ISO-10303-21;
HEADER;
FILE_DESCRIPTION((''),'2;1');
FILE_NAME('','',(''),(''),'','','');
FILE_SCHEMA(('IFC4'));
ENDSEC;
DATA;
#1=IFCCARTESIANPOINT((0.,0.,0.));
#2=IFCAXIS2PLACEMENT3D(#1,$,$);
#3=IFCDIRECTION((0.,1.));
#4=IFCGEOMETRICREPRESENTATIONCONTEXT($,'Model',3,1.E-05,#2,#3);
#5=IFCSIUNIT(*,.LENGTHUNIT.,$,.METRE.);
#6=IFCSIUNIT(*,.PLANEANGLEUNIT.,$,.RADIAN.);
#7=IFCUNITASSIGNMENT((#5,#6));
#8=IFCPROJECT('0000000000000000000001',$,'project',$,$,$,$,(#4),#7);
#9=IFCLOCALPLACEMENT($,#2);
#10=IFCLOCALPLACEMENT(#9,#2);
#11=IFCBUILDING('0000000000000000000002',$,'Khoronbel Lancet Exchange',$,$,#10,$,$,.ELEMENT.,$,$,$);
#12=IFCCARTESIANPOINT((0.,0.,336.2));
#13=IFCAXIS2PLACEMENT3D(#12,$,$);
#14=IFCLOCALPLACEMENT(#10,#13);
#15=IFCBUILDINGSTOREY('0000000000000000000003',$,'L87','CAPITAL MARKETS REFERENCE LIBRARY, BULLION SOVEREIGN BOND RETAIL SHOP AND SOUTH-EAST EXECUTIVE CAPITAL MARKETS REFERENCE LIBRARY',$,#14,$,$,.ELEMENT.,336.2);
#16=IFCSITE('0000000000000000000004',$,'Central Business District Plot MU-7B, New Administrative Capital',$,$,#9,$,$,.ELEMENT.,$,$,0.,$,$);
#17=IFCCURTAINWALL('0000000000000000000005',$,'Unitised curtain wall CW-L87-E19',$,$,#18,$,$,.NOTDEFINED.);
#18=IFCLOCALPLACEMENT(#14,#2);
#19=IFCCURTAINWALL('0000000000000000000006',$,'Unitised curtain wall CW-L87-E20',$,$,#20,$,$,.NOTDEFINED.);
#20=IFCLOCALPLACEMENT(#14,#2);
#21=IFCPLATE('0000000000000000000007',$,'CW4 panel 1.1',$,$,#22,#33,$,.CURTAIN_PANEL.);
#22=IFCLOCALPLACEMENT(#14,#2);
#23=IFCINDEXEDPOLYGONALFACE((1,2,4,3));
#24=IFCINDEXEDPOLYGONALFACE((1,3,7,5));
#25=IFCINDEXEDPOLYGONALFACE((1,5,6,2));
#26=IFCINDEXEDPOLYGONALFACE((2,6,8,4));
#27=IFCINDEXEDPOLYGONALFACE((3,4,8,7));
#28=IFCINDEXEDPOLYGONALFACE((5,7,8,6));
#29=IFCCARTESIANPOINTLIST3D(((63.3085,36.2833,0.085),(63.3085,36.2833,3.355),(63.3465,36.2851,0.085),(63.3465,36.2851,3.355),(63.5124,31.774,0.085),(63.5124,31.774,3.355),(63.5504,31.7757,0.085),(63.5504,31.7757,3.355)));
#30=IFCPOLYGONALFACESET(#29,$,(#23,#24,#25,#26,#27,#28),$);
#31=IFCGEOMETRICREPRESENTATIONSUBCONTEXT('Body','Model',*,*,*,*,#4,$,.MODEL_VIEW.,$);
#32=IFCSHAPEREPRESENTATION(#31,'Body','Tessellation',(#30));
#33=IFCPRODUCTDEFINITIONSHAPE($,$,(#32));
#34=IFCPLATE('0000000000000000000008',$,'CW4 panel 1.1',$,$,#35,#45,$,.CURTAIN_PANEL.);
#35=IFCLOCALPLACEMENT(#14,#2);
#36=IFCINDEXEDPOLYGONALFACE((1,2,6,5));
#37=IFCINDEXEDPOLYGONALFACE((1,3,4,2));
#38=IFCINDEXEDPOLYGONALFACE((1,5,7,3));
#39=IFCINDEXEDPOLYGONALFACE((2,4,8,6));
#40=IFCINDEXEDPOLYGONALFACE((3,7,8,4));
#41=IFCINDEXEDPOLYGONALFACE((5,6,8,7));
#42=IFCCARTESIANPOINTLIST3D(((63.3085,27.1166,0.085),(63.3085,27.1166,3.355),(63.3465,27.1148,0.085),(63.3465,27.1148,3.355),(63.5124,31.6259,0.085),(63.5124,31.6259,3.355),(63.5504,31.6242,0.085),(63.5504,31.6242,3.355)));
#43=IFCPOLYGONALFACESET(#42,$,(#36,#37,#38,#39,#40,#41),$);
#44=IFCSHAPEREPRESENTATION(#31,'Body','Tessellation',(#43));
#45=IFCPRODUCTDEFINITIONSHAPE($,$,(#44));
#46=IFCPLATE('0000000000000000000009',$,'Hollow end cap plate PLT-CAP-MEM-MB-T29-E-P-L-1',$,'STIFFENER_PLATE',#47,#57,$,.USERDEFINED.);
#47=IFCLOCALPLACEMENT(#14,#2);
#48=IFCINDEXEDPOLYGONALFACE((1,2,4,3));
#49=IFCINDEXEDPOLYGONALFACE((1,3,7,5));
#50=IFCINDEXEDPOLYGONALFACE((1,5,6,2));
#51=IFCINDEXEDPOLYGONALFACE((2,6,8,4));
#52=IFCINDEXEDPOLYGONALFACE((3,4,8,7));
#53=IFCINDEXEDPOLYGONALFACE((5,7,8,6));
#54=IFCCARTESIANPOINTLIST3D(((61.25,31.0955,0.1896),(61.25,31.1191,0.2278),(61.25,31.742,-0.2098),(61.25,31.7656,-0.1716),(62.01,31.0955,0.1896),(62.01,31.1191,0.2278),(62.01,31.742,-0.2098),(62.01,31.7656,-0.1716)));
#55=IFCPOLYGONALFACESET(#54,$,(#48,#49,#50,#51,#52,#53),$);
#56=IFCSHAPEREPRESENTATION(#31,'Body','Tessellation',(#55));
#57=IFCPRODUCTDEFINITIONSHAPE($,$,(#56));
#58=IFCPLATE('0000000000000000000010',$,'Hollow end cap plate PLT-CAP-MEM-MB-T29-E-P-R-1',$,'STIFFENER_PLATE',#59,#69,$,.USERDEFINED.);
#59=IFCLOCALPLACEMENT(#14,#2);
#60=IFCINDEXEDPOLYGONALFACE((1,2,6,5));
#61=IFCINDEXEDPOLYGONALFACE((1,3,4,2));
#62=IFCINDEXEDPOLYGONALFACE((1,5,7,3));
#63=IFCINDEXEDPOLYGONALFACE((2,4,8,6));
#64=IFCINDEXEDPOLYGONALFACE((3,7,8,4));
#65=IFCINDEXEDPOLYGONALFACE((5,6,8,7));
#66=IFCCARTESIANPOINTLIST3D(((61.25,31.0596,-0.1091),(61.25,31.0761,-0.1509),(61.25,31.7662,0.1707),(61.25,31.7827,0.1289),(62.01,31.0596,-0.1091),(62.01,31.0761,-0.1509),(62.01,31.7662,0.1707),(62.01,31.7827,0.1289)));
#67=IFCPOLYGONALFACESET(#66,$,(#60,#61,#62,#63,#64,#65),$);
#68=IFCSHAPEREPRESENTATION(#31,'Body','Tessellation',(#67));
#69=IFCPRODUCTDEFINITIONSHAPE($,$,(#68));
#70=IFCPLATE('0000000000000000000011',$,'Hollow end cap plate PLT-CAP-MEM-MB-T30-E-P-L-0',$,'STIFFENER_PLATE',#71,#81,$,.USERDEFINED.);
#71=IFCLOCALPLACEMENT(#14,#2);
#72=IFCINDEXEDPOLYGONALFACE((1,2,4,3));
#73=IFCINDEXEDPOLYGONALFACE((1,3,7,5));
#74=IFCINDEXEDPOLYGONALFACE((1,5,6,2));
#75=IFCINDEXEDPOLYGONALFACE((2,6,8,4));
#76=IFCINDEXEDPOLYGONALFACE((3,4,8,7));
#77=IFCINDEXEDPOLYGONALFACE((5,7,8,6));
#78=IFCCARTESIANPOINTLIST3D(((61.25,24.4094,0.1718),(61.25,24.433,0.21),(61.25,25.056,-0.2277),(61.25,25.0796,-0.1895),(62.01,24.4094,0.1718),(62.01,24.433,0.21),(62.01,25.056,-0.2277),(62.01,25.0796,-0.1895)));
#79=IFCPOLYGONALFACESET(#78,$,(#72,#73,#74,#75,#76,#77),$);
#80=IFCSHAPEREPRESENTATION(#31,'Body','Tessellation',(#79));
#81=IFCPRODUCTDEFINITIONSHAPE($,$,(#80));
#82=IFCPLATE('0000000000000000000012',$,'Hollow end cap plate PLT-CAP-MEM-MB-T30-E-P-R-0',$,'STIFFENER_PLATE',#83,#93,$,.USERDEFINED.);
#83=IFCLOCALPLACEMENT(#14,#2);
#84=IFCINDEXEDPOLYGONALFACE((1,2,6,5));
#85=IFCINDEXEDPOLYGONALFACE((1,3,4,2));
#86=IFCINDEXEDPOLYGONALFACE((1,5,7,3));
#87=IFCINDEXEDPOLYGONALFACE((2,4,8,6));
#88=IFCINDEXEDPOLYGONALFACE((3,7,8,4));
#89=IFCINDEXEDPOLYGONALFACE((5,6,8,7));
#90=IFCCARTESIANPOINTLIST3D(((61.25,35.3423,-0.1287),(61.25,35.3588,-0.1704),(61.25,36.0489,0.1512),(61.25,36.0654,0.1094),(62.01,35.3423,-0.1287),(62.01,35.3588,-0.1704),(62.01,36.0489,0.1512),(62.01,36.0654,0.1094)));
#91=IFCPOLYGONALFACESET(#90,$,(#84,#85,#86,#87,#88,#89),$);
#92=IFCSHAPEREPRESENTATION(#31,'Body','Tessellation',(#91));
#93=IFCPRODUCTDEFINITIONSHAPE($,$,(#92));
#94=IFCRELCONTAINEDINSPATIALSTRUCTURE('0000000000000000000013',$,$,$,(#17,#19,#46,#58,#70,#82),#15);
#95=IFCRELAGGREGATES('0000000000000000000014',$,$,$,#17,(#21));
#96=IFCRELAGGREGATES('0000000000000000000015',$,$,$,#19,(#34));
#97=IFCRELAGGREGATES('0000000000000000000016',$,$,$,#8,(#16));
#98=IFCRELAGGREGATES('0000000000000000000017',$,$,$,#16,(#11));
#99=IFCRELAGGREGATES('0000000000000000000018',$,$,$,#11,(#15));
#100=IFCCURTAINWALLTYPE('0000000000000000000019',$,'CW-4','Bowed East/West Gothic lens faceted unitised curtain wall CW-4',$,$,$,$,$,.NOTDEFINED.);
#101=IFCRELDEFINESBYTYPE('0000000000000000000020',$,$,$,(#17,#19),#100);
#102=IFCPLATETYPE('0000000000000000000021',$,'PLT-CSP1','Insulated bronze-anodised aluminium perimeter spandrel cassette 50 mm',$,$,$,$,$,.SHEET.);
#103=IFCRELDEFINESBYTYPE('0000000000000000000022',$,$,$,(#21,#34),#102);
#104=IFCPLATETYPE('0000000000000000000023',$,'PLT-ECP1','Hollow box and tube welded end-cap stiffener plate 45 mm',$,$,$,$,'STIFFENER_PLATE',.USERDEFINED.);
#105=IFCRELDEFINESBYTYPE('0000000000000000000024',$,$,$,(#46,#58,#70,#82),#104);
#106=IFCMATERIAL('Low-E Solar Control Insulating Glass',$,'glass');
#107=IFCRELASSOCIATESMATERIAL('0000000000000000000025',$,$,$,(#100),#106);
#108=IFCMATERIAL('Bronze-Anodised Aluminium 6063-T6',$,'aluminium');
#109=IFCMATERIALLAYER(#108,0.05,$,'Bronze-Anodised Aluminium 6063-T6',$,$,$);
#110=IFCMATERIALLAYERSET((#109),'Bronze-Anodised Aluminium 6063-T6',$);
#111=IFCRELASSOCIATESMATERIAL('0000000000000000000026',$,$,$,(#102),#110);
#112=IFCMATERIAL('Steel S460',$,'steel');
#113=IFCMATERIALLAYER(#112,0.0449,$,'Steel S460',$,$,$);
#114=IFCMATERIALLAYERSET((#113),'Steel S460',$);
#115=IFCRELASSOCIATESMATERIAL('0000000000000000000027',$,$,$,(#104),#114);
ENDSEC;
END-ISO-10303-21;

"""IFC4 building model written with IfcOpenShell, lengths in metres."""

from ifc_helpers import new_model, si_unit, direction, frame, origin, origin_2d, place, context, subcontext, project, spatial, polyline, rectangle, outline, extrude, material, layer, layer_set, type_object, element, aggregate, save


model = new_model("IFC4")

# Units and contexts
model_context = context("Model", 3, precision=1e-05, world=origin(), true_north=direction((0.0, 1.0)))
body_context = subcontext(model_context, "Body", "Model", "MODEL_VIEW")
ifc_project = project(units=[si_unit("LENGTHUNIT", "METRE"), si_unit("PLANEANGLEUNIT", "RADIAN")], contexts=[model_context])

# Site, building, storey
site_placement = place(None, origin())
site = spatial("IfcSite", under=ifc_project, at=site_placement, Name="Central Business District Plot MU-7B, New Administrative Capital", CompositionType="ELEMENT", RefElevation=0.0)
building_placement = place(site_placement, origin())
building = spatial("IfcBuilding", under=site, at=building_placement, Name="Khoronbel Lancet Exchange", CompositionType="ELEMENT")
storey_placement = place(building_placement, frame((0.0, 0.0, 336.2)))
storey = spatial("IfcBuildingStorey", under=building, at=storey_placement, Name="L87", Description="CAPITAL MARKETS REFERENCE LIBRARY, BULLION SOVEREIGN BOND RETAIL SHOP AND SOUTH-EAST EXECUTIVE CAPITAL MARKETS REFERENCE LIBRARY", CompositionType="ELEMENT", Elevation=336.2)

# Curtain walls
ifc_material_1 = material(Name="Low-E Solar Control Insulating Glass", Category="glass")
curtain_wall_type = type_object("IfcCurtainWallType", Name="CW-4", Description="Bowed East/West Gothic lens faceted unitised curtain wall CW-4", PredefinedType="NOTDEFINED", material=ifc_material_1)
curtain_wall_1_placement = place(storey_placement, origin())
curtain_wall_1 = element("IfcCurtainWall", 1, at=curtain_wall_1_placement, inside=storey, type_object=curtain_wall_type, Name="Unitised curtain wall CW-L87-E19", PredefinedType="NOTDEFINED")
ifc_material_2 = material(Name="Bronze-Anodised Aluminium 6063-T6", Category="aluminium")
curtain_wall_2_placement = place(storey_placement, origin())
curtain_wall_2 = element("IfcCurtainWall", 2, at=curtain_wall_2_placement, inside=storey, type_object=curtain_wall_type, Name="Unitised curtain wall CW-L87-E20", PredefinedType="NOTDEFINED")

# Shared definitions
ifc_material_3 = material(Name="Steel S460", Category="steel")

# Plates
ifc_layer_1 = layer(ifc_material_2, 0.05, Name="Bronze-Anodised Aluminium 6063-T6")
ifc_layer_set_1 = layer_set([ifc_layer_1], Name="Bronze-Anodised Aluminium 6063-T6")
plate_type_1 = type_object("IfcPlateType", Name="PLT-CSP1", Description="Insulated bronze-anodised aluminium perimeter spandrel cassette 50 mm", PredefinedType="SHEET", material=ifc_layer_set_1)
plate_1_placement = place(storey_placement, frame((63.4294, 34.0295, 0.085), z_axis=(0.0, 0.0, 1.0), x_axis=(0.045177, -0.998979, 0.0)))
plate_1 = element("IfcPlate", 3, at=plate_1_placement, type_object=plate_type_1, Name="CW4 panel 1.1", PredefinedType="CURTAIN_PANEL", context=body_context, shape_type="SweptSolid", body=[
    extrude(rectangle(XDim=4.5139, YDim=0.0381, at=origin_2d()), origin(), (0.0, 0.0, 1.0), 3.27),
])
aggregate(curtain_wall_1, [plate_1])
plate_2_placement = place(storey_placement, frame((63.4294, 29.3704, 0.085), z_axis=(0.0, 0.0, 1.0), x_axis=(-0.045177, -0.998979, 0.0)))
plate_2 = element("IfcPlate", 4, at=plate_2_placement, type_object=plate_type_1, Name="CW4 panel 1.1", PredefinedType="CURTAIN_PANEL", context=body_context, shape_type="SweptSolid", body=[
    extrude(rectangle(XDim=4.5139, YDim=0.0381, at=origin_2d()), origin(), (0.0, 0.0, 1.0), 3.27),
])
aggregate(curtain_wall_2, [plate_2])

# Plates
ifc_layer_2 = layer(ifc_material_3, 0.0449, Name="Steel S460")
ifc_layer_set_2 = layer_set([ifc_layer_2], Name="Steel S460")
plate_type_2 = type_object("IfcPlateType", Name="PLT-ECP1", Description="Hollow box and tube welded end-cap stiffener plate 45 mm", ElementType="STIFFENER_PLATE", PredefinedType="USERDEFINED", material=ifc_layer_set_2)
for number, where, z_axis, x_axis, name in (
    (5, (62.01, 31.7656, -0.1716), (0.0, 0.525602, 0.85073), (-1.0, 0.0, 0.0), "Hollow end cap plate PLT-CAP-MEM-MB-T29-E-P-L-1"),
    (6, (61.25, 31.0596, -0.1091), (0.0, -0.368176, 0.929756), (1.0, 0.0, 0.0), "Hollow end cap plate PLT-CAP-MEM-MB-T29-E-P-R-1"),
    (7, (62.01, 25.0796, -0.1895), (0.0, 0.525602, 0.85073), (-1.0, 0.0, 0.0), "Hollow end cap plate PLT-CAP-MEM-MB-T30-E-P-L-0"),
    (8, (61.25, 35.3423, -0.1287), (0.0, -0.368176, 0.929756), (1.0, 0.0, 0.0), "Hollow end cap plate PLT-CAP-MEM-MB-T30-E-P-R-0"),
):
    element("IfcPlate", number, at=place(storey_placement, frame(where, z_axis=z_axis, x_axis=x_axis)), inside=storey, type_object=plate_type_2, Name=name, ObjectType="STIFFENER_PLATE", PredefinedType="USERDEFINED", context=body_context, shape_type="SweptSolid", body=[
        extrude(outline(polyline([(0.0, 0.0), (0.76, 0.0), (0.76, 0.76), (0.0, 0.76), (0.0, 0.0)])), origin(), (0.0, 0.0, -1.0), 0.0449),
    ])

save(model, "model.ifc")
